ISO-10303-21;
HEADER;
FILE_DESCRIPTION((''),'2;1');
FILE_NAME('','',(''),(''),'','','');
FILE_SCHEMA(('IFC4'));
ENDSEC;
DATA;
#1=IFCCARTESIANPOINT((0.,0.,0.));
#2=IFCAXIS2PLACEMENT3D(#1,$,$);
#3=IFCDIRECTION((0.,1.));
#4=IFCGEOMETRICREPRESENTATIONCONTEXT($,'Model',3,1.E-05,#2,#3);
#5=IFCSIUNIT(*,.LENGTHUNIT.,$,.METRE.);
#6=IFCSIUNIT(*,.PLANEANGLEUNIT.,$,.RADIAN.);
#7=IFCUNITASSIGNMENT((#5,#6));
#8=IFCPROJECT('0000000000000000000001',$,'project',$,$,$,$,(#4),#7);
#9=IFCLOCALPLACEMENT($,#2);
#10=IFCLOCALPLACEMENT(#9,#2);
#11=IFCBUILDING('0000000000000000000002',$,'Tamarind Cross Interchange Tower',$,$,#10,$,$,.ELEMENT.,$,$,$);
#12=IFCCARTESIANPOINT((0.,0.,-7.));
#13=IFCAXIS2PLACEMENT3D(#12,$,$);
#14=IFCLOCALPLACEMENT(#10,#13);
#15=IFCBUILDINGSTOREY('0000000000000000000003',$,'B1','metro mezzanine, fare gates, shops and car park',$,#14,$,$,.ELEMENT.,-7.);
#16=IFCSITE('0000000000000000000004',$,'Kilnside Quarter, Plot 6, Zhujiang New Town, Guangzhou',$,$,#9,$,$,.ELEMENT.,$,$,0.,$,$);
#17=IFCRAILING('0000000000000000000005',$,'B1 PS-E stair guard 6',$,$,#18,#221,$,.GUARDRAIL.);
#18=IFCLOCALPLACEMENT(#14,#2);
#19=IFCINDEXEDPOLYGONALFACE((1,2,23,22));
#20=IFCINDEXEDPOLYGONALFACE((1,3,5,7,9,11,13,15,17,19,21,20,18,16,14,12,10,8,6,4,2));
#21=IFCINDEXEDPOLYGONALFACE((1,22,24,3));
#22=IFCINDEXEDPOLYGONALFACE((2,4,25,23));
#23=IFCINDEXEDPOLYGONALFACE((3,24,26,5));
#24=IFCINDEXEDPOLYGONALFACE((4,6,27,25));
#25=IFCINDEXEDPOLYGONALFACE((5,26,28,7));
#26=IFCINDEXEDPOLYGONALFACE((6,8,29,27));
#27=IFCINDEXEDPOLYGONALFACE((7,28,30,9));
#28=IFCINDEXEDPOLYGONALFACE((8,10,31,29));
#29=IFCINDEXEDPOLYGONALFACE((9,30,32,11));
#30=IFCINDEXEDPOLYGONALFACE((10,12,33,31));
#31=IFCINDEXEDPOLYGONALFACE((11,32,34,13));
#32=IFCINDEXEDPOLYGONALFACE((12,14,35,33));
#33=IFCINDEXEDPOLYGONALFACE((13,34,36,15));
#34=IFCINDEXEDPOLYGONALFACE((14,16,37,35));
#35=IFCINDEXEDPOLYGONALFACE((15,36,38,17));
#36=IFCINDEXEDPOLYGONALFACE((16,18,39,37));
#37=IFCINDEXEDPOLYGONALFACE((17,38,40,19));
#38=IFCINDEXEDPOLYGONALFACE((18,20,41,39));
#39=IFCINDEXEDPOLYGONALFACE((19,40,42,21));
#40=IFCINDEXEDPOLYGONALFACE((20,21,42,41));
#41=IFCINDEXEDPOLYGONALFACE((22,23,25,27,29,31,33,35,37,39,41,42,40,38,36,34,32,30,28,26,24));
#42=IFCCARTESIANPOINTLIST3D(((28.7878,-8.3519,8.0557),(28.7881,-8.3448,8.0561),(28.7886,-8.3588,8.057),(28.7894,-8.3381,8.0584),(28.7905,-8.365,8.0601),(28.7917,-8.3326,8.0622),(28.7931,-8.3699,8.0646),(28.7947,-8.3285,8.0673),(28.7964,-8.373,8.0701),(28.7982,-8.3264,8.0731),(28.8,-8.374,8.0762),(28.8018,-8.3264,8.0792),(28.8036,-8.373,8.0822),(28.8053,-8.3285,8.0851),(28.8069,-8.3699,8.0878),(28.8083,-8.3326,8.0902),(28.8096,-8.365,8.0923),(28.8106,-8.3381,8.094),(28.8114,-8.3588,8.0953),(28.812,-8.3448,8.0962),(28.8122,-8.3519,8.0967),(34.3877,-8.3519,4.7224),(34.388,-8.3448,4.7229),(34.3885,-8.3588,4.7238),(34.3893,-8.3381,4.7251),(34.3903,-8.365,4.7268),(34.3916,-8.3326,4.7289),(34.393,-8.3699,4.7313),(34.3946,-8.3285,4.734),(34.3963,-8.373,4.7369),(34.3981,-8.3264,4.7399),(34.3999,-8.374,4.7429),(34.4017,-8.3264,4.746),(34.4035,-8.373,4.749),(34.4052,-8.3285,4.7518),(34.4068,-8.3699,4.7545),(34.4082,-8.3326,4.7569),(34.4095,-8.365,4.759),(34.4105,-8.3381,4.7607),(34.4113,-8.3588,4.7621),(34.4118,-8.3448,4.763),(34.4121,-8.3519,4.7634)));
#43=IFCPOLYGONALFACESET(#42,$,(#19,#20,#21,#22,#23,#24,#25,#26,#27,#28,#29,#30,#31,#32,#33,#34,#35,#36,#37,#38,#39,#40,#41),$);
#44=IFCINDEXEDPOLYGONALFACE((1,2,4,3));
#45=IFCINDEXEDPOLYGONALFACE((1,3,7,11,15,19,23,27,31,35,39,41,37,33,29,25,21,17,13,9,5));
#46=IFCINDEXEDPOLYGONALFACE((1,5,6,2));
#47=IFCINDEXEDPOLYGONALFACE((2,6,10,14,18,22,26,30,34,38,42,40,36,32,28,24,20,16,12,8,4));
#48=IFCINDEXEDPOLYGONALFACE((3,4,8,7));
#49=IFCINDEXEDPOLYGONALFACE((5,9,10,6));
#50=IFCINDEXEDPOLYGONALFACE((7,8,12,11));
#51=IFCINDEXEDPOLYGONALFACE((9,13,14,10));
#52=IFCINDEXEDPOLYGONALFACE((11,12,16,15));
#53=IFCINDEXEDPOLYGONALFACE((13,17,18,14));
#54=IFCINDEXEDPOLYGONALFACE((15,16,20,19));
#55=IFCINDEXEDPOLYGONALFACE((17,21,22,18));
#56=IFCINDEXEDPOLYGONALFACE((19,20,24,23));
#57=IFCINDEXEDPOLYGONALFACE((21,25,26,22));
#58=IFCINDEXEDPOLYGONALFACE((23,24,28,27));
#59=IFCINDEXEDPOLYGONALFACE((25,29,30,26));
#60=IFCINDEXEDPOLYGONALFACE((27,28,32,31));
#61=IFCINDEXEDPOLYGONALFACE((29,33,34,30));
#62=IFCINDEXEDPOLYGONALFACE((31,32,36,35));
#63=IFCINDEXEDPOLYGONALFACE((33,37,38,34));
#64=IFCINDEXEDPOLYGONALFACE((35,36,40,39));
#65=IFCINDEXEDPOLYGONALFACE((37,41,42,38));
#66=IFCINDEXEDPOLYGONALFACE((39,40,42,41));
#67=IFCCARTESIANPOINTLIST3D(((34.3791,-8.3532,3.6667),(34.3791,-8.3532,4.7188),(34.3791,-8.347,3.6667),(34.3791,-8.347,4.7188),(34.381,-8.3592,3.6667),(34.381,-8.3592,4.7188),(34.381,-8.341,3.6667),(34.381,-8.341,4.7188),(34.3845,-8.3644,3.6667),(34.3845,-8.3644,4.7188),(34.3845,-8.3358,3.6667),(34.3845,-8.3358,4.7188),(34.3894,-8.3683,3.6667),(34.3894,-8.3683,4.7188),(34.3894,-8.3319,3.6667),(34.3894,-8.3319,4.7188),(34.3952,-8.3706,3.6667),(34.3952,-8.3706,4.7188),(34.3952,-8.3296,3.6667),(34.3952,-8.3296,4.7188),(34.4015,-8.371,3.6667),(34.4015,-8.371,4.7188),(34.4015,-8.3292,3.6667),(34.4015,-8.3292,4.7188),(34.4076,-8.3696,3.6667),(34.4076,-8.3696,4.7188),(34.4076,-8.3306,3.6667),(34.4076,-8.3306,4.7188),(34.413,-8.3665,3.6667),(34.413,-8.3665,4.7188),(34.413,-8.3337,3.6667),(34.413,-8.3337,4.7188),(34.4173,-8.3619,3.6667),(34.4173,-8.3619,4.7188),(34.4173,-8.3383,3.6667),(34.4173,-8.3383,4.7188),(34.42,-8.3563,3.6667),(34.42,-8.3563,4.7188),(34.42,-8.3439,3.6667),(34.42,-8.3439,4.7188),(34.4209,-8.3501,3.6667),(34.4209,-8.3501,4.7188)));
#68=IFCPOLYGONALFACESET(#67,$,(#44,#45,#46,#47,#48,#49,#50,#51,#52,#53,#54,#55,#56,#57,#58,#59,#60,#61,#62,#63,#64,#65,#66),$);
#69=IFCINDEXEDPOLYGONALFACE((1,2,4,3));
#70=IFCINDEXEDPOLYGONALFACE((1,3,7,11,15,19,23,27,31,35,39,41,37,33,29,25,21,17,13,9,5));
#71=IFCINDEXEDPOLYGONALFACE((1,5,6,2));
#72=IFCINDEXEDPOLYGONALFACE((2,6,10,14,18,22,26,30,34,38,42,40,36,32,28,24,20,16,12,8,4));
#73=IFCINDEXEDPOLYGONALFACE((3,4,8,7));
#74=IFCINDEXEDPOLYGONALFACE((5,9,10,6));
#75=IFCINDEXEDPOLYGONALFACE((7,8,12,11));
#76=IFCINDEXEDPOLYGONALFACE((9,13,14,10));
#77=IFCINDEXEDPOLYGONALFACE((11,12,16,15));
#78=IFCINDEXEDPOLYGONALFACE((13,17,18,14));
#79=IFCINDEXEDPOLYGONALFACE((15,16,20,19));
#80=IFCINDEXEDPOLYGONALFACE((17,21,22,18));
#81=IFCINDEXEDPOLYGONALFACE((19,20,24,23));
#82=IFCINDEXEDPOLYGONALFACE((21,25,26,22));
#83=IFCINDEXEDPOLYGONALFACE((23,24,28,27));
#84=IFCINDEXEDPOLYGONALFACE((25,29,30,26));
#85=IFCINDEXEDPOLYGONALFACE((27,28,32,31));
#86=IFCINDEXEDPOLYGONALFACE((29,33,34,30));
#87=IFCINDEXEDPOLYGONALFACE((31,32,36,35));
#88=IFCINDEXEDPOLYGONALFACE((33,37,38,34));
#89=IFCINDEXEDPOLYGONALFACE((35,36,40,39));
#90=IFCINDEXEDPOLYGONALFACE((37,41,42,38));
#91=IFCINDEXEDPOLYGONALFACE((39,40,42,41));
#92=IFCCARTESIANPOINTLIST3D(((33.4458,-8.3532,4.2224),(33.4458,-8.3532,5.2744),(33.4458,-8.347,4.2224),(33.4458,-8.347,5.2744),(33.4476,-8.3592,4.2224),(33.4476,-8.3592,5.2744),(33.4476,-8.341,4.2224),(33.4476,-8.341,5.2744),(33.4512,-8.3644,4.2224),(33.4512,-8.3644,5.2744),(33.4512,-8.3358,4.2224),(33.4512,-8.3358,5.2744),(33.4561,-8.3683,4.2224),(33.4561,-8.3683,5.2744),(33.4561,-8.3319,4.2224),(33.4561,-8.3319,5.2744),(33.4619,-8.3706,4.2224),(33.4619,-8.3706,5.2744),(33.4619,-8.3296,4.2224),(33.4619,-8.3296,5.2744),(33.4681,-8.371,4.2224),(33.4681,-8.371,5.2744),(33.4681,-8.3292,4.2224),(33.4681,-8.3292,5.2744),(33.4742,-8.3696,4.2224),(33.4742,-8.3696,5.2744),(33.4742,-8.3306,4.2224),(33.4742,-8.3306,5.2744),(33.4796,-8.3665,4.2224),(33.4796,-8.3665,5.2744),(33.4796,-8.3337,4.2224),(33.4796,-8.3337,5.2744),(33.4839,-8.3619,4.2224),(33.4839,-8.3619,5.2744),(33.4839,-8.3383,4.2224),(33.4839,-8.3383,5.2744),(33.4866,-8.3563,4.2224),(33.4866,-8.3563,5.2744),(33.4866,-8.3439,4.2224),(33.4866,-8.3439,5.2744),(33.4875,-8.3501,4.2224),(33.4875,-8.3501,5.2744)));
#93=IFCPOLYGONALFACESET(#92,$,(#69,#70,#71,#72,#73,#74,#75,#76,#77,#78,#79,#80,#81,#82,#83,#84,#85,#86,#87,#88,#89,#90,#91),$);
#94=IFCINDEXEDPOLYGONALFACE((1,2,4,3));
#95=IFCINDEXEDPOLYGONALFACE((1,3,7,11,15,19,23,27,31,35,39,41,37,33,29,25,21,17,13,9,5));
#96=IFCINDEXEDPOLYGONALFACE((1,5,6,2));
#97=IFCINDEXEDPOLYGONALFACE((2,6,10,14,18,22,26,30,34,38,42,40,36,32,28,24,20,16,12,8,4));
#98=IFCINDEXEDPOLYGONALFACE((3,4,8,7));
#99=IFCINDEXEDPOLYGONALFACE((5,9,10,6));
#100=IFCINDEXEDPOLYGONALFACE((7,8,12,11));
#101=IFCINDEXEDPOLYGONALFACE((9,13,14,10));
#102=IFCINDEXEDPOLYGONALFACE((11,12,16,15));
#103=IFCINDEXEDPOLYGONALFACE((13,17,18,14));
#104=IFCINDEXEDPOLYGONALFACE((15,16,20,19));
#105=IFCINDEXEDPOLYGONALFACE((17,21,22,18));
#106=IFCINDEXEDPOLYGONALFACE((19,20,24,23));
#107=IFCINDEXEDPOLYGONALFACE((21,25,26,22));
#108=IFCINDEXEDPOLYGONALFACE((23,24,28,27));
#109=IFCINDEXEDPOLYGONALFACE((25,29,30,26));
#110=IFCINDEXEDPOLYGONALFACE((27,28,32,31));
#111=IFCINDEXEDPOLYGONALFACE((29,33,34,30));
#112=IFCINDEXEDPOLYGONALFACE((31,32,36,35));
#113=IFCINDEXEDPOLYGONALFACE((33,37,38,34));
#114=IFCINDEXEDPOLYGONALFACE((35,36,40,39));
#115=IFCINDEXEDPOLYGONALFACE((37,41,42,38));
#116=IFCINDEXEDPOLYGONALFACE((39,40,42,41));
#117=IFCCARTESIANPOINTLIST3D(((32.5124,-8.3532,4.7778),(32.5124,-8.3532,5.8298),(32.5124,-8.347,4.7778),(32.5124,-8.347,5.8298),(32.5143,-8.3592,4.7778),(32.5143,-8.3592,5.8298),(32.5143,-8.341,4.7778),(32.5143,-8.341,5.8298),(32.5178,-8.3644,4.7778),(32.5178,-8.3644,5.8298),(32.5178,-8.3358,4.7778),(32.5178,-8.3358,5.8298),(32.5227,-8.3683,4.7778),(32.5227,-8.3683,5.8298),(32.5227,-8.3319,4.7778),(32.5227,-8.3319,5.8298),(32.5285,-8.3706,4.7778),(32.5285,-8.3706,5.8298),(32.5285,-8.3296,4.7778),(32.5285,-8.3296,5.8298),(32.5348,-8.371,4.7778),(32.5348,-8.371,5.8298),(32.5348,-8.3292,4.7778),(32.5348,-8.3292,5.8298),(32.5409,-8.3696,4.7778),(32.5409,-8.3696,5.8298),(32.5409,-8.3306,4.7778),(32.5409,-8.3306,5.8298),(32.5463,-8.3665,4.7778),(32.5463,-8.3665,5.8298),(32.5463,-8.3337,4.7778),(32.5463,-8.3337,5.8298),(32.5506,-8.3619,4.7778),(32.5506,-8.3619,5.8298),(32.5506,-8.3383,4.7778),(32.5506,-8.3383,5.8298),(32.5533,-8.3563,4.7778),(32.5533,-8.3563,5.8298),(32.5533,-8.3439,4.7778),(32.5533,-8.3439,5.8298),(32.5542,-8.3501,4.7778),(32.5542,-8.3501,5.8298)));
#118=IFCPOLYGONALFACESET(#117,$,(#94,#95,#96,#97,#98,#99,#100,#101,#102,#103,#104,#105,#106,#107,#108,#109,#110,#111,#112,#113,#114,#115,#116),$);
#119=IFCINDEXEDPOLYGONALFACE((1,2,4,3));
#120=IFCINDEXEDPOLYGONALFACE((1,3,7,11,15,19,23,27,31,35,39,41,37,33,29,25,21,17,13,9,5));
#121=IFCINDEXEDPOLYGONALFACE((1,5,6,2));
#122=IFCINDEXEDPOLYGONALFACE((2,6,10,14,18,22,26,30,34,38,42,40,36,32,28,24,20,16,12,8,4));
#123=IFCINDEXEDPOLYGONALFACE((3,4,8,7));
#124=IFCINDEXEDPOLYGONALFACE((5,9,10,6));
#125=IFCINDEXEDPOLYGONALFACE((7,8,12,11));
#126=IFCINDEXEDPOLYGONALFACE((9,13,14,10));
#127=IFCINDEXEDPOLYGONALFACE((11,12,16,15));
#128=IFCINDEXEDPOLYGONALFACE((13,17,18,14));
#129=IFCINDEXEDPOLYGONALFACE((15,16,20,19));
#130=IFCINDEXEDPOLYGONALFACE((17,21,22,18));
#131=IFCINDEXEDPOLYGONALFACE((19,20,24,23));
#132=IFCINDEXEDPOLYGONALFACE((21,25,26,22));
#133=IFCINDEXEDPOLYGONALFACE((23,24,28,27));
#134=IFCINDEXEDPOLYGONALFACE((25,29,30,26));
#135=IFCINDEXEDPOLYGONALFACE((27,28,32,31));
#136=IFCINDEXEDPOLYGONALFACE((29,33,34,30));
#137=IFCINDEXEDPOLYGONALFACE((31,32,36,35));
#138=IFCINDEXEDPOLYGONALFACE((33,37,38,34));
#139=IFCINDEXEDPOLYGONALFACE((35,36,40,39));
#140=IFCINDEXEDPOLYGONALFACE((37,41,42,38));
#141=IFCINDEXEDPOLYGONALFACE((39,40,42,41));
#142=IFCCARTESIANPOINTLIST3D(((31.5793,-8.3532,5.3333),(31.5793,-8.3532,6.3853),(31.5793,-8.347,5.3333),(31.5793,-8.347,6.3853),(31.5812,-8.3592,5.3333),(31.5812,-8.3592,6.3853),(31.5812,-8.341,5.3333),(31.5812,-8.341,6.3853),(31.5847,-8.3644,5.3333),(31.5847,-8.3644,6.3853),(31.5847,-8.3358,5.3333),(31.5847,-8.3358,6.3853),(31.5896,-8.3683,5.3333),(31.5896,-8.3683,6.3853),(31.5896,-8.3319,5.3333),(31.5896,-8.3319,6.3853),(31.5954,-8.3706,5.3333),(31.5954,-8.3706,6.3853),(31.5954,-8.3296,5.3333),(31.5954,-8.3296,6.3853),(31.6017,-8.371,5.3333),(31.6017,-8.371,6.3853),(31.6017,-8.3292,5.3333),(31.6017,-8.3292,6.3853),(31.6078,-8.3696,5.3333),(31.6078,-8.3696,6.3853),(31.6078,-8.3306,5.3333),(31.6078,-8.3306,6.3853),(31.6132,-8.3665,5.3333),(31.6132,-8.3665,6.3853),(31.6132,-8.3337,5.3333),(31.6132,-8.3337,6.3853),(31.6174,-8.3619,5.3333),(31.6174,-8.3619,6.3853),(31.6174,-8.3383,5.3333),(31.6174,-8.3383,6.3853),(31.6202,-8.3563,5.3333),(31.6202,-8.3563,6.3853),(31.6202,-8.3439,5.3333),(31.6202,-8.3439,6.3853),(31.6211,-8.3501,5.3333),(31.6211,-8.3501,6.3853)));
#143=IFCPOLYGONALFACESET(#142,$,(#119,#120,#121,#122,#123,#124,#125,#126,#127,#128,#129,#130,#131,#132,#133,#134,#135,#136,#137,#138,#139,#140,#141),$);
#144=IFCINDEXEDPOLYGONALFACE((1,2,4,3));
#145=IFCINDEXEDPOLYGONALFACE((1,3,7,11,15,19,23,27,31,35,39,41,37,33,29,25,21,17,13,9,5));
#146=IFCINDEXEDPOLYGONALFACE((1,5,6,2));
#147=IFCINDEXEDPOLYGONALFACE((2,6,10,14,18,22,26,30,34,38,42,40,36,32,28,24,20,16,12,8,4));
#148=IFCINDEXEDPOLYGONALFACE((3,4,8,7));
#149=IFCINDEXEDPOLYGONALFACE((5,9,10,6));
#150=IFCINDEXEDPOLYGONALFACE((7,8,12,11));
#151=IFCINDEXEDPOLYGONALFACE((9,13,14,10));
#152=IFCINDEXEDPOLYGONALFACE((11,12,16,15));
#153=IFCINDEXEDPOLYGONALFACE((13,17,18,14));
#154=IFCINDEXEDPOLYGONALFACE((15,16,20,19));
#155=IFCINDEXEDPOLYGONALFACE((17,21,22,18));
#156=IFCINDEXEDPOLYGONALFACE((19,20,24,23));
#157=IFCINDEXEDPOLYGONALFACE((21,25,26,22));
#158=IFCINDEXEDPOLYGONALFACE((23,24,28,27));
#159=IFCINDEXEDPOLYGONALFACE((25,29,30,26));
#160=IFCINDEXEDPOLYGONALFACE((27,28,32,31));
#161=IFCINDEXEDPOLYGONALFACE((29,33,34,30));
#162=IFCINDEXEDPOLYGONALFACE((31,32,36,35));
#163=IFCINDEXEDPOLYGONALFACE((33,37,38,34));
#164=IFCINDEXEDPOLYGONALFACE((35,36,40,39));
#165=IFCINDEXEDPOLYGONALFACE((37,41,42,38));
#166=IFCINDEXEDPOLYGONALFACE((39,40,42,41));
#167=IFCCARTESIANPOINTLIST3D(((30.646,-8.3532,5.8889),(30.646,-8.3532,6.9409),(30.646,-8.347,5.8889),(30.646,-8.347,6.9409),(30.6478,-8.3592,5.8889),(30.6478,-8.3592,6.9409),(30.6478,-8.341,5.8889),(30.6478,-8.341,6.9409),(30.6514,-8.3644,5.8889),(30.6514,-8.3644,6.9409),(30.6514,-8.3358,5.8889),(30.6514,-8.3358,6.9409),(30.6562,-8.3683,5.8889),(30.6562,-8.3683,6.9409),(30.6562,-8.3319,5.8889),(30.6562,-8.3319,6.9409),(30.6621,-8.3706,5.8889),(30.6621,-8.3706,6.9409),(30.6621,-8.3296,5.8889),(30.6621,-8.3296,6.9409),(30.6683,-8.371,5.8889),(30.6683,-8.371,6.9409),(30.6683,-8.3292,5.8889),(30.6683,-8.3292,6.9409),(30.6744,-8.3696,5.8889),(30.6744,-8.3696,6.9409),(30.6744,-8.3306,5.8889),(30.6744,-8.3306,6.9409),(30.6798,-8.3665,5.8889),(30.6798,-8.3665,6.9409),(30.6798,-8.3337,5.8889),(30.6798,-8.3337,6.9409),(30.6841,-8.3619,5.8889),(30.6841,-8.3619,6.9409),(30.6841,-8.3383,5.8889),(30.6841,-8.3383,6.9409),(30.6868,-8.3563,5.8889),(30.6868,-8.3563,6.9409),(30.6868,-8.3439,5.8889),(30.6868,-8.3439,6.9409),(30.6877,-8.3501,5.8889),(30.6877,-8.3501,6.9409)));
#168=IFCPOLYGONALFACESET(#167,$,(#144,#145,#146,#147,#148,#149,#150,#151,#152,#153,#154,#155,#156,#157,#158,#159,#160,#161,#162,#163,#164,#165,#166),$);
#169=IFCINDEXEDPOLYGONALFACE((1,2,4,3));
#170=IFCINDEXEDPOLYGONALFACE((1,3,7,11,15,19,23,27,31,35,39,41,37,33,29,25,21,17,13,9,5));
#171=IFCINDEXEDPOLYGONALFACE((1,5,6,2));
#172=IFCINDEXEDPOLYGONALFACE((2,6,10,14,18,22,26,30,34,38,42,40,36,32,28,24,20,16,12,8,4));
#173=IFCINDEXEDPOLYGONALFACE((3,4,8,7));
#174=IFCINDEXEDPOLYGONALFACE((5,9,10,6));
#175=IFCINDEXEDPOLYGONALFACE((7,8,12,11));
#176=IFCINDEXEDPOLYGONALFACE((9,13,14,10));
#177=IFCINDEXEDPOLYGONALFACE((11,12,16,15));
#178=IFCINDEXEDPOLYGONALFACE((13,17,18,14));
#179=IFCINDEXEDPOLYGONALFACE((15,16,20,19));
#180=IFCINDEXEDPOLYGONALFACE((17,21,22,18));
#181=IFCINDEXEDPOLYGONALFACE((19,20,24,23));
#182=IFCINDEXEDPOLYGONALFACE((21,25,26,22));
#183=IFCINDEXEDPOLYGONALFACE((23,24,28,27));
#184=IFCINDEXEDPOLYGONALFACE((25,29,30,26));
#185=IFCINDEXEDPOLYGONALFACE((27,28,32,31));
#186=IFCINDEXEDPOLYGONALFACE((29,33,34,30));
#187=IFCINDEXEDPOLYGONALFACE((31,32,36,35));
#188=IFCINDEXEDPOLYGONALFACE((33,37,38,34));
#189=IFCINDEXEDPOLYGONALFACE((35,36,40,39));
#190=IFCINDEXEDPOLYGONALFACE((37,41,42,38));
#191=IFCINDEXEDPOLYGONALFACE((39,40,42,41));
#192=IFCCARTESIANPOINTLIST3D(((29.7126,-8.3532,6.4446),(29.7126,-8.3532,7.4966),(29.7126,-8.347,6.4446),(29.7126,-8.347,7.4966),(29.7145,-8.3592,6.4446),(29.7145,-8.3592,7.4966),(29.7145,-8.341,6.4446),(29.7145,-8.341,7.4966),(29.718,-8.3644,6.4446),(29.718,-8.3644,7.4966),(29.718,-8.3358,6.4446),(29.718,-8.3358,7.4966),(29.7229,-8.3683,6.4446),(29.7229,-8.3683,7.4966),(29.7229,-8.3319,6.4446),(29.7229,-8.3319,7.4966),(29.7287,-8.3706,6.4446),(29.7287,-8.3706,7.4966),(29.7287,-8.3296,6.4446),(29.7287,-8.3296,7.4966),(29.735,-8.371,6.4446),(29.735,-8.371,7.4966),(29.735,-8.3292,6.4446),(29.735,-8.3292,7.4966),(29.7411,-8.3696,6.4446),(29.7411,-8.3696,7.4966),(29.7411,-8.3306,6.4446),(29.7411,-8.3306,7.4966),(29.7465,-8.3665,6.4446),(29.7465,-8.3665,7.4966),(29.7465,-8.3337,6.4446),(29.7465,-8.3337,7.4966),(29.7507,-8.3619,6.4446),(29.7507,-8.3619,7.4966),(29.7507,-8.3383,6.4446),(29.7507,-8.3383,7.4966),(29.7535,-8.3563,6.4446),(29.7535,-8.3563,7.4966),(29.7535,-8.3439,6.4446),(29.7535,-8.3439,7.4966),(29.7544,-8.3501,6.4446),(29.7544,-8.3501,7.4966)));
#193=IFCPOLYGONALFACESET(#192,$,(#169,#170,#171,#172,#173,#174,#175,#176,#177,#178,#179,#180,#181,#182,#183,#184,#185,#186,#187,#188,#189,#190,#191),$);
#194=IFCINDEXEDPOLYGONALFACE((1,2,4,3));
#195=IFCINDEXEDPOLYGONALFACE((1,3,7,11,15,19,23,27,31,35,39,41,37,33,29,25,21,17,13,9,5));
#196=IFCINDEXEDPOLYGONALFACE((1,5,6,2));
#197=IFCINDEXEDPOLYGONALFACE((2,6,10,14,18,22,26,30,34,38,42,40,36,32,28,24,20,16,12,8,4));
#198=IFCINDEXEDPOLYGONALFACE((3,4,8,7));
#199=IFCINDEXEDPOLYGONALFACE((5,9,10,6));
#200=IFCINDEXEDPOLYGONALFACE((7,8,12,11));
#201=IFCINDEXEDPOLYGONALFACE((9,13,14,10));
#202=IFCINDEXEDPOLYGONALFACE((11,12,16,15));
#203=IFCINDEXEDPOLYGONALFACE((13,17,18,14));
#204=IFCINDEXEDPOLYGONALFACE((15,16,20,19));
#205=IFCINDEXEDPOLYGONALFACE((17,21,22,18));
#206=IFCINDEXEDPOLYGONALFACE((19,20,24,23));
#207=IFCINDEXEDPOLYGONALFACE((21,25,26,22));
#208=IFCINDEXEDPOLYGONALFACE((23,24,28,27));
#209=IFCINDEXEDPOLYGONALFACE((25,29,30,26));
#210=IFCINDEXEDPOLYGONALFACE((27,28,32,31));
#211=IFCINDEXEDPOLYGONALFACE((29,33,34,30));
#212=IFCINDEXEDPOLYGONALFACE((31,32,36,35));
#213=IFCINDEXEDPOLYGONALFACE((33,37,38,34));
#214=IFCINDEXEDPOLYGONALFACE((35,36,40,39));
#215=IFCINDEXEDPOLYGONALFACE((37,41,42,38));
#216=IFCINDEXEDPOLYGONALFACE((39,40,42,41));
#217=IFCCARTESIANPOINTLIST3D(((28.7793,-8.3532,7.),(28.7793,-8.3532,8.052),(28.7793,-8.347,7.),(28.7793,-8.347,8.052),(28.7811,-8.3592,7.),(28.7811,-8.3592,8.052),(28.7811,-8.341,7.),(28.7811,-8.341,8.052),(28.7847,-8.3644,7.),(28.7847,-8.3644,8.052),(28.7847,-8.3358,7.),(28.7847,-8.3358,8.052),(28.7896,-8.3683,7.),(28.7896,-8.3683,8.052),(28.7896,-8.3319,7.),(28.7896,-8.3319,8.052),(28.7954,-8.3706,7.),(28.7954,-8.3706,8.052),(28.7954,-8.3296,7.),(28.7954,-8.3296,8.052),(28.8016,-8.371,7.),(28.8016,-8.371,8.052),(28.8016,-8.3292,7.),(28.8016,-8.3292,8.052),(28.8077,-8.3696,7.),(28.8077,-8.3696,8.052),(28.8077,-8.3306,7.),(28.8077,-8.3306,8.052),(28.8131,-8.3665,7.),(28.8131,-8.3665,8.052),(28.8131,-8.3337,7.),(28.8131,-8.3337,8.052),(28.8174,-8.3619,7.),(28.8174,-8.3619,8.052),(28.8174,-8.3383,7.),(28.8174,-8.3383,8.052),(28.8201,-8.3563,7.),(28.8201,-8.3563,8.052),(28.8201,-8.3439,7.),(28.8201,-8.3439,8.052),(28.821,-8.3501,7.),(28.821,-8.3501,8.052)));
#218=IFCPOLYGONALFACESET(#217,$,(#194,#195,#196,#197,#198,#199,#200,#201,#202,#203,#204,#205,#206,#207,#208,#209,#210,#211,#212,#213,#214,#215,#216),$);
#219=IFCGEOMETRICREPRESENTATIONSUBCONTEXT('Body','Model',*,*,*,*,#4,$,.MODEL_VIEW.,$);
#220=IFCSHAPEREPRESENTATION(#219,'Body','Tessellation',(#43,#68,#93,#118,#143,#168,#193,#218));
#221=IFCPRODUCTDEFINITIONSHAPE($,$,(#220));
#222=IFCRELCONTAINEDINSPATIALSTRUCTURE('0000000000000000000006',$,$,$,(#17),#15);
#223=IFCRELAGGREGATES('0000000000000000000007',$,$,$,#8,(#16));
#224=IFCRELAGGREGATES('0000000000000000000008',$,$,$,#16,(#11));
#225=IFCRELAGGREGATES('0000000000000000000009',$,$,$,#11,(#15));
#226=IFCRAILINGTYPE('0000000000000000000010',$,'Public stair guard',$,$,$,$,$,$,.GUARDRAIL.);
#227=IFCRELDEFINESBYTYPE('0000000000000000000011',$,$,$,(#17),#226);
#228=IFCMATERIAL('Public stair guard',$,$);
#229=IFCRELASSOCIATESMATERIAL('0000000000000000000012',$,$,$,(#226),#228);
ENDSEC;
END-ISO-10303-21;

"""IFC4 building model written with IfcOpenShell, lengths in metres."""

from ifc_helpers import new_model, si_unit, direction, frame, origin, origin_2d, place, context, subcontext, project, spatial, circle, extrude, material, type_object, element, save


model = new_model("IFC4")

# Units and contexts
model_context = context("Model", 3, precision=1e-05, world=origin(), true_north=direction((0.0, 1.0)))
body_context = subcontext(model_context, "Body", "Model", "MODEL_VIEW")
ifc_project = project(units=[si_unit("LENGTHUNIT", "METRE"), si_unit("PLANEANGLEUNIT", "RADIAN")], contexts=[model_context])

# Site, building, storey
site_placement = place(None, origin())
site = spatial("IfcSite", under=ifc_project, at=site_placement, Name="Kilnside Quarter, Plot 6, Zhujiang New Town, Guangzhou", CompositionType="ELEMENT", RefElevation=0.0)
building_placement = place(site_placement, origin())
building = spatial("IfcBuilding", under=site, at=building_placement, Name="Tamarind Cross Interchange Tower", CompositionType="ELEMENT")
storey_placement = place(building_placement, frame((0.0, 0.0, -7.0)))
storey = spatial("IfcBuildingStorey", under=building, at=storey_placement, Name="B1", Description="metro mezzanine, fare gates, shops and car park", CompositionType="ELEMENT", Elevation=-7.0)

# Railing
ifc_material_1 = material(Name="Public stair guard")
railing_type_1 = type_object("IfcRailingType", Name="Public stair guard", PredefinedType="GUARDRAIL", material=ifc_material_1)
railing_1_placement = place(storey_placement, frame((34.3999, -8.3501, 3.6667)))
element("IfcRailing", 1, at=railing_1_placement, inside=storey, type_object=railing_type_1, Name="B1 PS-E stair guard 6", PredefinedType="GUARDRAIL", context=body_context, shape_type="SweptSolid", body=[
    extrude(circle(Radius=0.0239, at=origin_2d()), frame((0.0, 0.0, 1.0762), z_axis=(-0.859292, 0.0, 0.511485), x_axis=(0.0, -1.0, 0.0)), (0.0, 0.0, 1.0), 6.5168),
    extrude(circle(Radius=0.021, at=origin_2d()), origin(), (0.0, 0.0, 1.0), 1.052),
    extrude(circle(Radius=0.021, at=origin_2d()), frame((-0.9333, 0.0, 0.5557)), (0.0, 0.0, 1.0), 1.052),
    extrude(circle(Radius=0.021, at=origin_2d()), frame((-1.8667, 0.0, 1.1111)), (0.0, 0.0, 1.0), 1.052),
    extrude(circle(Radius=0.021, at=origin_2d()), frame((-2.7998, 0.0, 1.6665)), (0.0, 0.0, 1.0), 1.052),
    extrude(circle(Radius=0.021, at=origin_2d()), frame((-3.7332, 0.0, 2.2222)), (0.0, 0.0, 1.0), 1.052),
    extrude(circle(Radius=0.021, at=origin_2d()), frame((-4.6665, 0.0, 2.7778)), (0.0, 0.0, 1.0), 1.052),
    extrude(circle(Radius=0.021, at=origin_2d()), frame((-5.5999, 0.0, 3.3333)), (0.0, 0.0, 1.0), 1.052),
])

save(model, "model.ifc")
